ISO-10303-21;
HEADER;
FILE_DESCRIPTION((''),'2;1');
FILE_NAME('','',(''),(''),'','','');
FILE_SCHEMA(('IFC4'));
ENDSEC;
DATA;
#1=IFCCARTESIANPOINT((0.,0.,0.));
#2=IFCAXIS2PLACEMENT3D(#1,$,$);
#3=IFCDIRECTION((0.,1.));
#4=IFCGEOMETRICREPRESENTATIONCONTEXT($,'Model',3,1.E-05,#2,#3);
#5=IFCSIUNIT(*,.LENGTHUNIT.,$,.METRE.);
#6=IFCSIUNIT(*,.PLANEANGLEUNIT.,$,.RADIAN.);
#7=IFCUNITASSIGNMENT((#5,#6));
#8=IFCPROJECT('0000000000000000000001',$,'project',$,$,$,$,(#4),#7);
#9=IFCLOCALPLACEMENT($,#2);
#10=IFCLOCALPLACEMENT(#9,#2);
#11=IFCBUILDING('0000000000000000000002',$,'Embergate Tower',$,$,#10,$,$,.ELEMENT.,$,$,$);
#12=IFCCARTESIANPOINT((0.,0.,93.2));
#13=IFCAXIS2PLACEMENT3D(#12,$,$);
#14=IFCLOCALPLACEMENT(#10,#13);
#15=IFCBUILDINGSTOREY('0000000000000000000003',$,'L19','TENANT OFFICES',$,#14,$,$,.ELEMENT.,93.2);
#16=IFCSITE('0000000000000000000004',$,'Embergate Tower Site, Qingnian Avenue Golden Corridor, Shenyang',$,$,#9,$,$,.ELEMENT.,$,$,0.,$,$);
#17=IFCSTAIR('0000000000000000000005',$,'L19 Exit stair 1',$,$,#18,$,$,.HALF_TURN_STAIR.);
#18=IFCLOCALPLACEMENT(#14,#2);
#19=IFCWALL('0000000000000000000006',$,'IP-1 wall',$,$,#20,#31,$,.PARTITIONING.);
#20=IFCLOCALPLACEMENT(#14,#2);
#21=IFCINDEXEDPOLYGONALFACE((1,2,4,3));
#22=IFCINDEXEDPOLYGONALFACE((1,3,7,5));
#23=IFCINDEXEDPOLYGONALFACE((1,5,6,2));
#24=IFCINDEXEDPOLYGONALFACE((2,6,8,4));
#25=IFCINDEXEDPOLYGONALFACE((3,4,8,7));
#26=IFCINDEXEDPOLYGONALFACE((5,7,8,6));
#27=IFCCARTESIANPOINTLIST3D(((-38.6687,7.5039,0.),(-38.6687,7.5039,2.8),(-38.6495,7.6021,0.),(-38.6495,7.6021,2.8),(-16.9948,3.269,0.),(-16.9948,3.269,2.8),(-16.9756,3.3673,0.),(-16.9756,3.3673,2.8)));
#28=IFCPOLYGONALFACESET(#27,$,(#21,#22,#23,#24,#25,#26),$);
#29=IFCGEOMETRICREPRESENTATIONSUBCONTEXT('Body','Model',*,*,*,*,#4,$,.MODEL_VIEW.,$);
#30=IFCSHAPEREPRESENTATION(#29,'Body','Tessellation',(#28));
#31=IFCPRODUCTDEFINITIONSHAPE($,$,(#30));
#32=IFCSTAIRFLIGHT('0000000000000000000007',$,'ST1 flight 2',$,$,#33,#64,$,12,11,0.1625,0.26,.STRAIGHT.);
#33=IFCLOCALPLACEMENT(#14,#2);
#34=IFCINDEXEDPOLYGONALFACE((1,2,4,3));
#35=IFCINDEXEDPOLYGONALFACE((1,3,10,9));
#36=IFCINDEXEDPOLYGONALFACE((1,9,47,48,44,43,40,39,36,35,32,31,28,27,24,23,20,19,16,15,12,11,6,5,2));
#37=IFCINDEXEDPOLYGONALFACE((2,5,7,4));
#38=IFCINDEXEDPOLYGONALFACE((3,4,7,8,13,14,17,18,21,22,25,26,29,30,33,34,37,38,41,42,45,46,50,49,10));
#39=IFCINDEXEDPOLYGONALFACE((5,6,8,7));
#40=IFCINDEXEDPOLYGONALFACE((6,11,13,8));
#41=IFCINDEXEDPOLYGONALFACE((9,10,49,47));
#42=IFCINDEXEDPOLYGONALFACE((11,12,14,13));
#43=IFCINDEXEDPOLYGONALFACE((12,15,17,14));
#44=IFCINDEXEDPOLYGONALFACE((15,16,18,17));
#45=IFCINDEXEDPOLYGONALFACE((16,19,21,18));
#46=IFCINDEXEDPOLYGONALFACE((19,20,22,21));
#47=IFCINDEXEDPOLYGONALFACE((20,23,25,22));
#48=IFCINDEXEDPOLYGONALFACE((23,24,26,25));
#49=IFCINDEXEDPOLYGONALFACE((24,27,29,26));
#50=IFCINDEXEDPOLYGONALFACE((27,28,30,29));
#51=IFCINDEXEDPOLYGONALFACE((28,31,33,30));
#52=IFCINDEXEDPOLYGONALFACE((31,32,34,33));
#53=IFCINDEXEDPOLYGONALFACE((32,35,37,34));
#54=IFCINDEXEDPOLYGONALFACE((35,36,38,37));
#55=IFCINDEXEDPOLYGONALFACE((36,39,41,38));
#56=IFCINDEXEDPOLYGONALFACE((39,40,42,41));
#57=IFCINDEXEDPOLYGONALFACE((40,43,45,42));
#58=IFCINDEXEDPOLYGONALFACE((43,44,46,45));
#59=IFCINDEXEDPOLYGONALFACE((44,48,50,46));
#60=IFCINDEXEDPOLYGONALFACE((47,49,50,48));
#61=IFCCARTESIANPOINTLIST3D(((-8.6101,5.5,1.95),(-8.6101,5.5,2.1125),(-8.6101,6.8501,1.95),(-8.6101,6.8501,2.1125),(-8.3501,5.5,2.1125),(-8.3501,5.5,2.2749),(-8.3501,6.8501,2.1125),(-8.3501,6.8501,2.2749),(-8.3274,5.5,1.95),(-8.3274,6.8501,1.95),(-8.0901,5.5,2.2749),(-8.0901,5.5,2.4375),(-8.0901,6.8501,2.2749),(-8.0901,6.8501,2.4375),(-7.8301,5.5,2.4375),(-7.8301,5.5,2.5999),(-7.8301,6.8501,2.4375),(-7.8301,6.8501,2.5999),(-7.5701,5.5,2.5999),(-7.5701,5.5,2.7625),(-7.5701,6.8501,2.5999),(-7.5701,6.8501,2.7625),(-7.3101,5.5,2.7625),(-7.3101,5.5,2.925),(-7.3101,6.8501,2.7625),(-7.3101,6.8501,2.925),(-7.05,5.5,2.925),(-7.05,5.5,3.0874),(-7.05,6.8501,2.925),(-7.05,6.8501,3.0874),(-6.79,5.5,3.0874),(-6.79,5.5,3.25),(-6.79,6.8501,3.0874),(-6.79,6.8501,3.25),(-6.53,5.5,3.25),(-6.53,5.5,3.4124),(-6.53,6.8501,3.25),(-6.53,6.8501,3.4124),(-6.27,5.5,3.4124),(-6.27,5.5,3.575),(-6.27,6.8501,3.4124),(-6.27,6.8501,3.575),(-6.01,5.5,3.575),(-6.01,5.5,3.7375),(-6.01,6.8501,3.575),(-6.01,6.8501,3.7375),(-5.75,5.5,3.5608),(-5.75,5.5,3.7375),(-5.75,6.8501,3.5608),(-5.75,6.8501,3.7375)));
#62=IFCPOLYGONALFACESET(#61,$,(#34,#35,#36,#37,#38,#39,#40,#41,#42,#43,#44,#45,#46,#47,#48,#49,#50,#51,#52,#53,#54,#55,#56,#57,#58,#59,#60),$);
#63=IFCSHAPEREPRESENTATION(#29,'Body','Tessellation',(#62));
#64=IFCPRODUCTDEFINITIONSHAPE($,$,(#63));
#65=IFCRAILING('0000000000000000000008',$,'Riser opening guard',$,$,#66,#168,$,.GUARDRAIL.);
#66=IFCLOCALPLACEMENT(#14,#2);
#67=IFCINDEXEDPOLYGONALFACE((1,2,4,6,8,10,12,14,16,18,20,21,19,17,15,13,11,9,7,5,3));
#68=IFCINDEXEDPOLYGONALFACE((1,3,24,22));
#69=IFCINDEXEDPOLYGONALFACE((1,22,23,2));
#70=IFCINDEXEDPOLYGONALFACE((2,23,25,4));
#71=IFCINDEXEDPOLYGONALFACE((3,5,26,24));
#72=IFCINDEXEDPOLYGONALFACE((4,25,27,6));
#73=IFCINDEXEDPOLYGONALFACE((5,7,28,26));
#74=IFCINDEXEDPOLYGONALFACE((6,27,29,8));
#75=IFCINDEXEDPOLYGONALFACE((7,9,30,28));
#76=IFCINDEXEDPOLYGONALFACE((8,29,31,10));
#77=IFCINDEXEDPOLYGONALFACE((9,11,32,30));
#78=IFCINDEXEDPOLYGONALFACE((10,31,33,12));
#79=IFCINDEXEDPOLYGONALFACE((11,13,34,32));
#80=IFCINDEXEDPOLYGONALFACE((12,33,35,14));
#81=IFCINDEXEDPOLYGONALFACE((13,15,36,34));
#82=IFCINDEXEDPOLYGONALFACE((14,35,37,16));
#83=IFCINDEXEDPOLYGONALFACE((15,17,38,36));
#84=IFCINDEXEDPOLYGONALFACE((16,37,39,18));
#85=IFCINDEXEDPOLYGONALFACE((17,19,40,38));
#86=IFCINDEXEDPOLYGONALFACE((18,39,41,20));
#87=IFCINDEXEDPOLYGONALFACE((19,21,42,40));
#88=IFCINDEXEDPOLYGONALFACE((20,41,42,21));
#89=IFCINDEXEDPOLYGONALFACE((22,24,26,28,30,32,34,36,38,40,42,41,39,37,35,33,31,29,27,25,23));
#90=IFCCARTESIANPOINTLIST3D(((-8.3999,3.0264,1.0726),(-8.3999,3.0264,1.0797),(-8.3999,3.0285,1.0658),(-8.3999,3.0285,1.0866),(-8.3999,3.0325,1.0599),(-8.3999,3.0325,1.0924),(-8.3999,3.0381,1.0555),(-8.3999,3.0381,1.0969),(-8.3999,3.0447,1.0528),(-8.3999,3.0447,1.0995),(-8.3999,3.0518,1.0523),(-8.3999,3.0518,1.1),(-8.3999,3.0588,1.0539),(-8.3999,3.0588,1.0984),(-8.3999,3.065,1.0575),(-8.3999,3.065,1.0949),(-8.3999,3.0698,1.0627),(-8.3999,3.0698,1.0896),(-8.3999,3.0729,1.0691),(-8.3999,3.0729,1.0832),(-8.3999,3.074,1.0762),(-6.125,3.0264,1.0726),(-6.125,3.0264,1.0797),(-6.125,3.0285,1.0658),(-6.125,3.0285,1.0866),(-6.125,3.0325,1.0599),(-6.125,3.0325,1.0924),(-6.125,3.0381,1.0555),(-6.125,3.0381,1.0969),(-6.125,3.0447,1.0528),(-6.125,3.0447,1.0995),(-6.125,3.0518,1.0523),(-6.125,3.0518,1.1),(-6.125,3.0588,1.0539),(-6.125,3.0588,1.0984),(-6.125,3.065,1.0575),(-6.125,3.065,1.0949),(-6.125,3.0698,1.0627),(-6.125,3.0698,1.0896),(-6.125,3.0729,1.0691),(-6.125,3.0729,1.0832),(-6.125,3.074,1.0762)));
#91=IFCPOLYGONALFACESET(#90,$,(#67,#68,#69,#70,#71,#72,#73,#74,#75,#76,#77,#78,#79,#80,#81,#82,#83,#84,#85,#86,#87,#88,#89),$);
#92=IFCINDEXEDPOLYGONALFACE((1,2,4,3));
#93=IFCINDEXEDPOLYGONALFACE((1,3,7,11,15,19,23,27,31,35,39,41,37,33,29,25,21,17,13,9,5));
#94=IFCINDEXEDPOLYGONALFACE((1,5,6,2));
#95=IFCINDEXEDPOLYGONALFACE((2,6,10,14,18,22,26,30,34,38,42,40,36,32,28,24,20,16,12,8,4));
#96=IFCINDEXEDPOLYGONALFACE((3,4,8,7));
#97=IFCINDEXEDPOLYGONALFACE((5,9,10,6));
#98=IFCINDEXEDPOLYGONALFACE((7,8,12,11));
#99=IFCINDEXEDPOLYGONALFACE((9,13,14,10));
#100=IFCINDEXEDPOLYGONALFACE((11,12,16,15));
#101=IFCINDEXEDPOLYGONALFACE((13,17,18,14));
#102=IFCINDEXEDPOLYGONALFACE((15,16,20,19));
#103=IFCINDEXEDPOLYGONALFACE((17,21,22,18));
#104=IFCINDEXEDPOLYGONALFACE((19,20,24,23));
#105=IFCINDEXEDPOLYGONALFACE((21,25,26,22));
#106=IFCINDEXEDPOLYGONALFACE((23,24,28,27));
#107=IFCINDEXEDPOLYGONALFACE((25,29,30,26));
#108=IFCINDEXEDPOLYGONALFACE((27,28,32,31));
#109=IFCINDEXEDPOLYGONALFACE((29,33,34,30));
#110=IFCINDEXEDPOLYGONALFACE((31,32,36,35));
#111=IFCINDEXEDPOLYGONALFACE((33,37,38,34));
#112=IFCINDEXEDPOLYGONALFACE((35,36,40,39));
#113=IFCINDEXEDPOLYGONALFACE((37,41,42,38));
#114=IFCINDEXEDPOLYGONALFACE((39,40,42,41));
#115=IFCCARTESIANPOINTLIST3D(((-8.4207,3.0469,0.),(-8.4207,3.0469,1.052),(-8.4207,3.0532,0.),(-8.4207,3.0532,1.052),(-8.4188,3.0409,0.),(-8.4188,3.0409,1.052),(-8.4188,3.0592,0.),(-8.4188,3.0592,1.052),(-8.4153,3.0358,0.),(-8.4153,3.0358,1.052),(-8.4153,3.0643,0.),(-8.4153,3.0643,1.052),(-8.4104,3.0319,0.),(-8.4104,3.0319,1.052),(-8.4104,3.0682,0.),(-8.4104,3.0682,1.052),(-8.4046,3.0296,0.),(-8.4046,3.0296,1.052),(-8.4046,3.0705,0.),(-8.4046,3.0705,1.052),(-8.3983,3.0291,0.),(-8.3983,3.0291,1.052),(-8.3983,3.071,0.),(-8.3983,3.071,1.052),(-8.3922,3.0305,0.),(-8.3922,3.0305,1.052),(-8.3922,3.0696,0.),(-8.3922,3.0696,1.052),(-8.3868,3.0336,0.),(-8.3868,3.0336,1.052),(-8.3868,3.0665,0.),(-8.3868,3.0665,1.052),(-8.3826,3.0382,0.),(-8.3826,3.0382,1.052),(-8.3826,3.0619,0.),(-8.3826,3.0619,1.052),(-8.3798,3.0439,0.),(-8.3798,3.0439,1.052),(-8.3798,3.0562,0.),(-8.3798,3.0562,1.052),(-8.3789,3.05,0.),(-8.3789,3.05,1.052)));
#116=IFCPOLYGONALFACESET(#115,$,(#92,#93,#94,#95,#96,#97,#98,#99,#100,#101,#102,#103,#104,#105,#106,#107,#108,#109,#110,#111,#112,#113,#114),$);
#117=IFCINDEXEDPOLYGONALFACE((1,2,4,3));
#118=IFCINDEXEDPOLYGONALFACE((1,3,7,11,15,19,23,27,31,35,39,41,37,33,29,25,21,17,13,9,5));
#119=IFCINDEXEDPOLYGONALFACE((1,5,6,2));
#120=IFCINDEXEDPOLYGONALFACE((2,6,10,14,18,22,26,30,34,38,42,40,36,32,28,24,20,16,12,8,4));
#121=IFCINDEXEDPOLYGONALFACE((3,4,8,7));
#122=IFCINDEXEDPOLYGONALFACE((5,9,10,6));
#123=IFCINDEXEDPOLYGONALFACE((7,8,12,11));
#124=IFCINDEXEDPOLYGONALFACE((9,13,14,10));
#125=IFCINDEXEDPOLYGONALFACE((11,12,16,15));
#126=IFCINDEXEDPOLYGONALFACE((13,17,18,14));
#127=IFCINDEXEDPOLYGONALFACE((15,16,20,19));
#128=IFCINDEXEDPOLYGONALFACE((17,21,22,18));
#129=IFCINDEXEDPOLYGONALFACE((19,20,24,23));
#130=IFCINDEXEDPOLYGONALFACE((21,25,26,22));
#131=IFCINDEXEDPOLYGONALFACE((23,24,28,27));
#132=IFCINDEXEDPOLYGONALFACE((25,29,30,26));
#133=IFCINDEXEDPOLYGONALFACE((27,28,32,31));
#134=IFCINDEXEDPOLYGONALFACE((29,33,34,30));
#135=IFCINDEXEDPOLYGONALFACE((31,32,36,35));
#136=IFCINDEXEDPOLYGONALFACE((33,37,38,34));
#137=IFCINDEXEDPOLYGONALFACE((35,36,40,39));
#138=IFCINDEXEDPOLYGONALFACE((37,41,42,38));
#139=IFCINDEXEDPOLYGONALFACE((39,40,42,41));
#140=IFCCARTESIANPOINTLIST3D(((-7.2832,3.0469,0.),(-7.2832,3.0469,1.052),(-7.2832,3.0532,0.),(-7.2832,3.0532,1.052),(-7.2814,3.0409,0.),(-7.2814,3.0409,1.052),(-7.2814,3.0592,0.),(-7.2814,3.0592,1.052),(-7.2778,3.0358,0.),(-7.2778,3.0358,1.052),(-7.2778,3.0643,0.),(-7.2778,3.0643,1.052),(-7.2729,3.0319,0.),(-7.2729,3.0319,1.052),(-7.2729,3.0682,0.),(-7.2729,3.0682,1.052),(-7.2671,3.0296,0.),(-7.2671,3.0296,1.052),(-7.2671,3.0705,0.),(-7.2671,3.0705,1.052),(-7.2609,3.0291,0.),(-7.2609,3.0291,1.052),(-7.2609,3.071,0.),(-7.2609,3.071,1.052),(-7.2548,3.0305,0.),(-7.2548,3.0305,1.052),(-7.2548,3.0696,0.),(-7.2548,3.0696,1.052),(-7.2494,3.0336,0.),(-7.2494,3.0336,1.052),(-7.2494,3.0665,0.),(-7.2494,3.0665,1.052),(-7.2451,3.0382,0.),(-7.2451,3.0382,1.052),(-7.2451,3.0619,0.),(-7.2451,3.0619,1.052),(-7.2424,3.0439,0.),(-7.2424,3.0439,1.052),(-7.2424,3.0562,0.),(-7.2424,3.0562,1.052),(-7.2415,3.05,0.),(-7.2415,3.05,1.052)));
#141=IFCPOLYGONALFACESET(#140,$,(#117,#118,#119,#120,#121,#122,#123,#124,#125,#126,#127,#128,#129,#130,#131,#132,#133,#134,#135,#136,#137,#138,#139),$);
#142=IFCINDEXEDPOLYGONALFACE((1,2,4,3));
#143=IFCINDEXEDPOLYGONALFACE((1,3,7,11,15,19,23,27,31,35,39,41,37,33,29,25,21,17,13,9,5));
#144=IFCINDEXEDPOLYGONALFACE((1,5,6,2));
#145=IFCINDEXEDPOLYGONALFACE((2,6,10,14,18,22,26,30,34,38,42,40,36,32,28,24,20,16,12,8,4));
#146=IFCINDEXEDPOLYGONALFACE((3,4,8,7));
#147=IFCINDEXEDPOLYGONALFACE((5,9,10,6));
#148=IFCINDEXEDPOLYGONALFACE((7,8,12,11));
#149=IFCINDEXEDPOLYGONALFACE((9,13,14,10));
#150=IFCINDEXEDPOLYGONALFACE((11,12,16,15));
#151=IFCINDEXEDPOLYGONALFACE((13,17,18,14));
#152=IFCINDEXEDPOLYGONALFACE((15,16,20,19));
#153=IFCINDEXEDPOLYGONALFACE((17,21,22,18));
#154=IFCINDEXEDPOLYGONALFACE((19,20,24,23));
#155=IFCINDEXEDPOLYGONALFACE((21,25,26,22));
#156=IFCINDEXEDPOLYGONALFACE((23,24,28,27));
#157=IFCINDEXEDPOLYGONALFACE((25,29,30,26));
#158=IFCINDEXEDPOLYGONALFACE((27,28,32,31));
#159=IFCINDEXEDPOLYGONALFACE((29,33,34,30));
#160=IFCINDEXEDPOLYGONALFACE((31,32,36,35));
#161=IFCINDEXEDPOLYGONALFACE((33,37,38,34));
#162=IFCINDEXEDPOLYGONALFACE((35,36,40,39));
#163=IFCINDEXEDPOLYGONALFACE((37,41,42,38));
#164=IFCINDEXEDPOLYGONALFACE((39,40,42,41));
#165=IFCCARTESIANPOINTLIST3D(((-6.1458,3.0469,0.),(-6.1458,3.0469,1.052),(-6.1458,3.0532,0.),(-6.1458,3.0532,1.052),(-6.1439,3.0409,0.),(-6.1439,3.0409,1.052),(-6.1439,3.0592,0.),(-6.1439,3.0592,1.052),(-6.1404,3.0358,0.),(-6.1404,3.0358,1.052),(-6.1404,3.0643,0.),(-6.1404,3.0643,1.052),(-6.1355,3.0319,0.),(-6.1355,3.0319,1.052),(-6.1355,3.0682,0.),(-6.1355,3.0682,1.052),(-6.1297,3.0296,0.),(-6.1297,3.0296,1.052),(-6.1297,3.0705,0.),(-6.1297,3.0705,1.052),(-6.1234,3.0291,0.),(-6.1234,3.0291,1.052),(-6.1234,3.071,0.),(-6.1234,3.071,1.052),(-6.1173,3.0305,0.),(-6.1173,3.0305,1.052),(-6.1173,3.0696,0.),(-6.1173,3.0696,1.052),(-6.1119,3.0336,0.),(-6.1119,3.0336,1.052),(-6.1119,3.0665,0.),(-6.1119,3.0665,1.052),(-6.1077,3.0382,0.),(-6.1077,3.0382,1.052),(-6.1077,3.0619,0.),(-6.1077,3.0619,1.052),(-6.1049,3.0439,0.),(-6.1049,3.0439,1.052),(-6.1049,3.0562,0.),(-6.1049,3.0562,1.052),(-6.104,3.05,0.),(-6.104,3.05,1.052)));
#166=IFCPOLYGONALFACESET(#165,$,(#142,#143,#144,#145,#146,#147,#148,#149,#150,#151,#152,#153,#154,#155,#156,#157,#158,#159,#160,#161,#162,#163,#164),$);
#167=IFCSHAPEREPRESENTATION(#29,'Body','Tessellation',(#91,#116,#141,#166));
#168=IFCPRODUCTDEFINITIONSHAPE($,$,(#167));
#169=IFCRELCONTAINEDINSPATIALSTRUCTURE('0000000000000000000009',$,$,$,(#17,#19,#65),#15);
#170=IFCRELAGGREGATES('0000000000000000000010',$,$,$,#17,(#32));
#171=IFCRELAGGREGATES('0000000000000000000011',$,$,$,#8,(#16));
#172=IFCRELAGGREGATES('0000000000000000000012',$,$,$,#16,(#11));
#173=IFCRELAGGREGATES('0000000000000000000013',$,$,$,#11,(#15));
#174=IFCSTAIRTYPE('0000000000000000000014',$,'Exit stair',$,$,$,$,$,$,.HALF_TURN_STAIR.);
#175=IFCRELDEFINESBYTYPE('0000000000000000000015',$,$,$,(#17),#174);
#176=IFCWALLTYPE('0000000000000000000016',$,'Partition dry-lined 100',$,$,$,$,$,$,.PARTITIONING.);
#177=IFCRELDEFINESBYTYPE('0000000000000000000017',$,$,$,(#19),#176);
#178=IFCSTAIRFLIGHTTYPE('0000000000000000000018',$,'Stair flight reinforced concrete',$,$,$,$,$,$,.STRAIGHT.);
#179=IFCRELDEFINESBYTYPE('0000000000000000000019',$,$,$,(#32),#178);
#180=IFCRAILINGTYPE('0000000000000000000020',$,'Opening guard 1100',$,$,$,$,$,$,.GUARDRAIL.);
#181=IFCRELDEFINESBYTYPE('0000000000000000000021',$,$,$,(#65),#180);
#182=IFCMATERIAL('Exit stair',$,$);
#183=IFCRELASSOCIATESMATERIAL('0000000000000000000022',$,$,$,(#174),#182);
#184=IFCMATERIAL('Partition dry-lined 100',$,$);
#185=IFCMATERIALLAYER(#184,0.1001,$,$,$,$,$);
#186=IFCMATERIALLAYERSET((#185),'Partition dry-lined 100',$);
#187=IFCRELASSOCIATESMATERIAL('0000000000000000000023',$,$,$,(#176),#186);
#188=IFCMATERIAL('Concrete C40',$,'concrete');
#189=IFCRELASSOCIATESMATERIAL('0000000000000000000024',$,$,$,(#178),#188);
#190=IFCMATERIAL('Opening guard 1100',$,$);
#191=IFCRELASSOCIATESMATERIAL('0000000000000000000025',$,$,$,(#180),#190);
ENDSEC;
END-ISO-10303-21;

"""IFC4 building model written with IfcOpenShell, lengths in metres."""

from ifc_helpers import new_model, si_unit, direction, frame, frame_2d, origin, origin_2d, place, context, subcontext, project, spatial, polyline, rectangle, circle, outline, extrude, source, transform, mapped, material, layer, layer_set, type_object, element, aggregate, save


model = new_model("IFC4")

# Units and contexts
model_context = context("Model", 3, precision=1e-05, world=origin(), true_north=direction((0.0, 1.0)))
body_context = subcontext(model_context, "Body", "Model", "MODEL_VIEW")
ifc_project = project(units=[si_unit("LENGTHUNIT", "METRE"), si_unit("PLANEANGLEUNIT", "RADIAN")], contexts=[model_context])

# Site, building, storey
site_placement = place(None, origin())
site = spatial("IfcSite", under=ifc_project, at=site_placement, Name="Embergate Tower Site, Qingnian Avenue Golden Corridor, Shenyang", CompositionType="ELEMENT", RefElevation=0.0)
building_placement = place(site_placement, origin())
building = spatial("IfcBuilding", under=site, at=building_placement, Name="Embergate Tower", CompositionType="ELEMENT")
storey_placement = place(building_placement, frame((0.0, 0.0, 93.2)))
storey = spatial("IfcBuildingStorey", under=building, at=storey_placement, Name="L19", Description="TENANT OFFICES", CompositionType="ELEMENT", Elevation=93.2)

# Stair
ifc_material_1 = material(Name="Exit stair")
stair_type = type_object("IfcStairType", Name="Exit stair", PredefinedType="HALF_TURN_STAIR", material=ifc_material_1)
stair_placement = place(storey_placement, origin())
stair = element("IfcStair", 1, at=stair_placement, inside=storey, type_object=stair_type, Name="L19 Exit stair 1", PredefinedType="HALF_TURN_STAIR")
ifc_material_2 = material(Name="Concrete C40", Category="concrete")

# Wall
ifc_material_3 = material(Name="Partition dry-lined 100")
ifc_layer_1 = layer(ifc_material_3, 0.1001)
ifc_layer_set_1 = layer_set([ifc_layer_1], Name="Partition dry-lined 100")
wall_type_1 = type_object("IfcWallType", Name="Partition dry-lined 100", PredefinedType="PARTITIONING", material=ifc_layer_set_1)
shared_shape_1 = source(origin(), body_context, "Body", "SweptSolid", [
    extrude(rectangle(XDim=22.0837, YDim=0.1001, at=frame_2d((11.042, 0.0))), origin(), (0.0, 0.0, 1.0), 2.8),
])
wall_1_placement = place(storey_placement, frame((-16.9851, 3.3181, 0.0), z_axis=(0.0, 0.0, 1.0), x_axis=(-0.981441, 0.191764, 0.0)))
element("IfcWall", 2, at=wall_1_placement, inside=storey, type_object=wall_type_1, Name="IP-1 wall", PredefinedType="PARTITIONING", context=body_context, shape_type="MappedRepresentation", body=[
    mapped(shared_shape_1, transform((0.0, 0.0, 0.0))),
])

# Stair flight
stair_flight_type = type_object("IfcStairFlightType", Name="Stair flight reinforced concrete", PredefinedType="STRAIGHT", material=ifc_material_2)
shared_shape_2 = source(origin(), body_context, "Body", "SweptSolid", [
    extrude(outline(polyline([(0.0, 0.0), (0.0, 0.1626), (0.26, 0.1626), (0.26, 0.325), (0.52, 0.325), (0.52, 0.4875), (0.78, 0.4875), (0.78, 0.6499), (1.04, 0.6499), (1.04, 0.8125), (1.3, 0.8125), (1.3, 0.9751), (1.5601, 0.9751), (1.5601, 1.1375), (1.8201, 1.1375), (1.8201, 1.3), (2.0801, 1.3), (2.0801, 1.4624), (2.3401, 1.4624), (2.3401, 1.625), (2.6001, 1.625), (2.6001, 1.7876), (2.8601, 1.7876), (2.8601, 1.95), (2.8601, 1.6108), (0.2827, 0.0), (0.0, 0.0)])), frame((0.0, 0.675, 0.0), z_axis=(0.0, -1.0, 0.0), x_axis=(1.0, 0.0, 0.0)), (0.0, 0.0, 1.0), 1.3501),
])
stair_flight_placement = place(storey_placement, frame((-8.6101, 6.175, 1.95), z_axis=(0.0, 0.0, 1.0), x_axis=(1.0, 0.0, 0.0)))
stair_flight = element("IfcStairFlight", 3, at=stair_flight_placement, type_object=stair_flight_type, Name="ST1 flight 2", NumberOfRisers=12, NumberOfTreads=11, PredefinedType="STRAIGHT", RiserHeight=0.1625, TreadLength=0.26, context=body_context, shape_type="MappedRepresentation", body=[
    mapped(shared_shape_2, transform((0.0, 0.0, 0.0))),
])
aggregate(stair, [stair_flight])

# Railing
ifc_material_4 = material(Name="Opening guard 1100")
railing_type = type_object("IfcRailingType", Name="Opening guard 1100", PredefinedType="GUARDRAIL", material=ifc_material_4)
shared_shape_3 = source(origin(), body_context, "Body", "SweptSolid", [
    extrude(circle(Radius=0.0239, at=origin_2d()), frame((0.0, 0.0, 1.0762), z_axis=(1.0, 0.0, 0.0), x_axis=(0.0, 1.0, 0.0)), (0.0, 0.0, 1.0), 2.2749),
    extrude(circle(Radius=0.021, at=origin_2d()), origin(), (0.0, 0.0, 1.0), 1.052),
    extrude(circle(Radius=0.021, at=origin_2d()), frame((1.1375, 0.0, 0.0)), (0.0, 0.0, 1.0), 1.052),
    extrude(circle(Radius=0.021, at=origin_2d()), frame((2.2749, 0.0, 0.0)), (0.0, 0.0, 1.0), 1.052),
])
railing_placement = place(storey_placement, frame((-8.3999, 3.05, 0.0)))
element("IfcRailing", 4, at=railing_placement, inside=storey, type_object=railing_type, Name="Riser opening guard", PredefinedType="GUARDRAIL", context=body_context, shape_type="MappedRepresentation", body=[
    mapped(shared_shape_3, transform((0.0, 0.0, 0.0))),
])

save(model, "model.ifc")
